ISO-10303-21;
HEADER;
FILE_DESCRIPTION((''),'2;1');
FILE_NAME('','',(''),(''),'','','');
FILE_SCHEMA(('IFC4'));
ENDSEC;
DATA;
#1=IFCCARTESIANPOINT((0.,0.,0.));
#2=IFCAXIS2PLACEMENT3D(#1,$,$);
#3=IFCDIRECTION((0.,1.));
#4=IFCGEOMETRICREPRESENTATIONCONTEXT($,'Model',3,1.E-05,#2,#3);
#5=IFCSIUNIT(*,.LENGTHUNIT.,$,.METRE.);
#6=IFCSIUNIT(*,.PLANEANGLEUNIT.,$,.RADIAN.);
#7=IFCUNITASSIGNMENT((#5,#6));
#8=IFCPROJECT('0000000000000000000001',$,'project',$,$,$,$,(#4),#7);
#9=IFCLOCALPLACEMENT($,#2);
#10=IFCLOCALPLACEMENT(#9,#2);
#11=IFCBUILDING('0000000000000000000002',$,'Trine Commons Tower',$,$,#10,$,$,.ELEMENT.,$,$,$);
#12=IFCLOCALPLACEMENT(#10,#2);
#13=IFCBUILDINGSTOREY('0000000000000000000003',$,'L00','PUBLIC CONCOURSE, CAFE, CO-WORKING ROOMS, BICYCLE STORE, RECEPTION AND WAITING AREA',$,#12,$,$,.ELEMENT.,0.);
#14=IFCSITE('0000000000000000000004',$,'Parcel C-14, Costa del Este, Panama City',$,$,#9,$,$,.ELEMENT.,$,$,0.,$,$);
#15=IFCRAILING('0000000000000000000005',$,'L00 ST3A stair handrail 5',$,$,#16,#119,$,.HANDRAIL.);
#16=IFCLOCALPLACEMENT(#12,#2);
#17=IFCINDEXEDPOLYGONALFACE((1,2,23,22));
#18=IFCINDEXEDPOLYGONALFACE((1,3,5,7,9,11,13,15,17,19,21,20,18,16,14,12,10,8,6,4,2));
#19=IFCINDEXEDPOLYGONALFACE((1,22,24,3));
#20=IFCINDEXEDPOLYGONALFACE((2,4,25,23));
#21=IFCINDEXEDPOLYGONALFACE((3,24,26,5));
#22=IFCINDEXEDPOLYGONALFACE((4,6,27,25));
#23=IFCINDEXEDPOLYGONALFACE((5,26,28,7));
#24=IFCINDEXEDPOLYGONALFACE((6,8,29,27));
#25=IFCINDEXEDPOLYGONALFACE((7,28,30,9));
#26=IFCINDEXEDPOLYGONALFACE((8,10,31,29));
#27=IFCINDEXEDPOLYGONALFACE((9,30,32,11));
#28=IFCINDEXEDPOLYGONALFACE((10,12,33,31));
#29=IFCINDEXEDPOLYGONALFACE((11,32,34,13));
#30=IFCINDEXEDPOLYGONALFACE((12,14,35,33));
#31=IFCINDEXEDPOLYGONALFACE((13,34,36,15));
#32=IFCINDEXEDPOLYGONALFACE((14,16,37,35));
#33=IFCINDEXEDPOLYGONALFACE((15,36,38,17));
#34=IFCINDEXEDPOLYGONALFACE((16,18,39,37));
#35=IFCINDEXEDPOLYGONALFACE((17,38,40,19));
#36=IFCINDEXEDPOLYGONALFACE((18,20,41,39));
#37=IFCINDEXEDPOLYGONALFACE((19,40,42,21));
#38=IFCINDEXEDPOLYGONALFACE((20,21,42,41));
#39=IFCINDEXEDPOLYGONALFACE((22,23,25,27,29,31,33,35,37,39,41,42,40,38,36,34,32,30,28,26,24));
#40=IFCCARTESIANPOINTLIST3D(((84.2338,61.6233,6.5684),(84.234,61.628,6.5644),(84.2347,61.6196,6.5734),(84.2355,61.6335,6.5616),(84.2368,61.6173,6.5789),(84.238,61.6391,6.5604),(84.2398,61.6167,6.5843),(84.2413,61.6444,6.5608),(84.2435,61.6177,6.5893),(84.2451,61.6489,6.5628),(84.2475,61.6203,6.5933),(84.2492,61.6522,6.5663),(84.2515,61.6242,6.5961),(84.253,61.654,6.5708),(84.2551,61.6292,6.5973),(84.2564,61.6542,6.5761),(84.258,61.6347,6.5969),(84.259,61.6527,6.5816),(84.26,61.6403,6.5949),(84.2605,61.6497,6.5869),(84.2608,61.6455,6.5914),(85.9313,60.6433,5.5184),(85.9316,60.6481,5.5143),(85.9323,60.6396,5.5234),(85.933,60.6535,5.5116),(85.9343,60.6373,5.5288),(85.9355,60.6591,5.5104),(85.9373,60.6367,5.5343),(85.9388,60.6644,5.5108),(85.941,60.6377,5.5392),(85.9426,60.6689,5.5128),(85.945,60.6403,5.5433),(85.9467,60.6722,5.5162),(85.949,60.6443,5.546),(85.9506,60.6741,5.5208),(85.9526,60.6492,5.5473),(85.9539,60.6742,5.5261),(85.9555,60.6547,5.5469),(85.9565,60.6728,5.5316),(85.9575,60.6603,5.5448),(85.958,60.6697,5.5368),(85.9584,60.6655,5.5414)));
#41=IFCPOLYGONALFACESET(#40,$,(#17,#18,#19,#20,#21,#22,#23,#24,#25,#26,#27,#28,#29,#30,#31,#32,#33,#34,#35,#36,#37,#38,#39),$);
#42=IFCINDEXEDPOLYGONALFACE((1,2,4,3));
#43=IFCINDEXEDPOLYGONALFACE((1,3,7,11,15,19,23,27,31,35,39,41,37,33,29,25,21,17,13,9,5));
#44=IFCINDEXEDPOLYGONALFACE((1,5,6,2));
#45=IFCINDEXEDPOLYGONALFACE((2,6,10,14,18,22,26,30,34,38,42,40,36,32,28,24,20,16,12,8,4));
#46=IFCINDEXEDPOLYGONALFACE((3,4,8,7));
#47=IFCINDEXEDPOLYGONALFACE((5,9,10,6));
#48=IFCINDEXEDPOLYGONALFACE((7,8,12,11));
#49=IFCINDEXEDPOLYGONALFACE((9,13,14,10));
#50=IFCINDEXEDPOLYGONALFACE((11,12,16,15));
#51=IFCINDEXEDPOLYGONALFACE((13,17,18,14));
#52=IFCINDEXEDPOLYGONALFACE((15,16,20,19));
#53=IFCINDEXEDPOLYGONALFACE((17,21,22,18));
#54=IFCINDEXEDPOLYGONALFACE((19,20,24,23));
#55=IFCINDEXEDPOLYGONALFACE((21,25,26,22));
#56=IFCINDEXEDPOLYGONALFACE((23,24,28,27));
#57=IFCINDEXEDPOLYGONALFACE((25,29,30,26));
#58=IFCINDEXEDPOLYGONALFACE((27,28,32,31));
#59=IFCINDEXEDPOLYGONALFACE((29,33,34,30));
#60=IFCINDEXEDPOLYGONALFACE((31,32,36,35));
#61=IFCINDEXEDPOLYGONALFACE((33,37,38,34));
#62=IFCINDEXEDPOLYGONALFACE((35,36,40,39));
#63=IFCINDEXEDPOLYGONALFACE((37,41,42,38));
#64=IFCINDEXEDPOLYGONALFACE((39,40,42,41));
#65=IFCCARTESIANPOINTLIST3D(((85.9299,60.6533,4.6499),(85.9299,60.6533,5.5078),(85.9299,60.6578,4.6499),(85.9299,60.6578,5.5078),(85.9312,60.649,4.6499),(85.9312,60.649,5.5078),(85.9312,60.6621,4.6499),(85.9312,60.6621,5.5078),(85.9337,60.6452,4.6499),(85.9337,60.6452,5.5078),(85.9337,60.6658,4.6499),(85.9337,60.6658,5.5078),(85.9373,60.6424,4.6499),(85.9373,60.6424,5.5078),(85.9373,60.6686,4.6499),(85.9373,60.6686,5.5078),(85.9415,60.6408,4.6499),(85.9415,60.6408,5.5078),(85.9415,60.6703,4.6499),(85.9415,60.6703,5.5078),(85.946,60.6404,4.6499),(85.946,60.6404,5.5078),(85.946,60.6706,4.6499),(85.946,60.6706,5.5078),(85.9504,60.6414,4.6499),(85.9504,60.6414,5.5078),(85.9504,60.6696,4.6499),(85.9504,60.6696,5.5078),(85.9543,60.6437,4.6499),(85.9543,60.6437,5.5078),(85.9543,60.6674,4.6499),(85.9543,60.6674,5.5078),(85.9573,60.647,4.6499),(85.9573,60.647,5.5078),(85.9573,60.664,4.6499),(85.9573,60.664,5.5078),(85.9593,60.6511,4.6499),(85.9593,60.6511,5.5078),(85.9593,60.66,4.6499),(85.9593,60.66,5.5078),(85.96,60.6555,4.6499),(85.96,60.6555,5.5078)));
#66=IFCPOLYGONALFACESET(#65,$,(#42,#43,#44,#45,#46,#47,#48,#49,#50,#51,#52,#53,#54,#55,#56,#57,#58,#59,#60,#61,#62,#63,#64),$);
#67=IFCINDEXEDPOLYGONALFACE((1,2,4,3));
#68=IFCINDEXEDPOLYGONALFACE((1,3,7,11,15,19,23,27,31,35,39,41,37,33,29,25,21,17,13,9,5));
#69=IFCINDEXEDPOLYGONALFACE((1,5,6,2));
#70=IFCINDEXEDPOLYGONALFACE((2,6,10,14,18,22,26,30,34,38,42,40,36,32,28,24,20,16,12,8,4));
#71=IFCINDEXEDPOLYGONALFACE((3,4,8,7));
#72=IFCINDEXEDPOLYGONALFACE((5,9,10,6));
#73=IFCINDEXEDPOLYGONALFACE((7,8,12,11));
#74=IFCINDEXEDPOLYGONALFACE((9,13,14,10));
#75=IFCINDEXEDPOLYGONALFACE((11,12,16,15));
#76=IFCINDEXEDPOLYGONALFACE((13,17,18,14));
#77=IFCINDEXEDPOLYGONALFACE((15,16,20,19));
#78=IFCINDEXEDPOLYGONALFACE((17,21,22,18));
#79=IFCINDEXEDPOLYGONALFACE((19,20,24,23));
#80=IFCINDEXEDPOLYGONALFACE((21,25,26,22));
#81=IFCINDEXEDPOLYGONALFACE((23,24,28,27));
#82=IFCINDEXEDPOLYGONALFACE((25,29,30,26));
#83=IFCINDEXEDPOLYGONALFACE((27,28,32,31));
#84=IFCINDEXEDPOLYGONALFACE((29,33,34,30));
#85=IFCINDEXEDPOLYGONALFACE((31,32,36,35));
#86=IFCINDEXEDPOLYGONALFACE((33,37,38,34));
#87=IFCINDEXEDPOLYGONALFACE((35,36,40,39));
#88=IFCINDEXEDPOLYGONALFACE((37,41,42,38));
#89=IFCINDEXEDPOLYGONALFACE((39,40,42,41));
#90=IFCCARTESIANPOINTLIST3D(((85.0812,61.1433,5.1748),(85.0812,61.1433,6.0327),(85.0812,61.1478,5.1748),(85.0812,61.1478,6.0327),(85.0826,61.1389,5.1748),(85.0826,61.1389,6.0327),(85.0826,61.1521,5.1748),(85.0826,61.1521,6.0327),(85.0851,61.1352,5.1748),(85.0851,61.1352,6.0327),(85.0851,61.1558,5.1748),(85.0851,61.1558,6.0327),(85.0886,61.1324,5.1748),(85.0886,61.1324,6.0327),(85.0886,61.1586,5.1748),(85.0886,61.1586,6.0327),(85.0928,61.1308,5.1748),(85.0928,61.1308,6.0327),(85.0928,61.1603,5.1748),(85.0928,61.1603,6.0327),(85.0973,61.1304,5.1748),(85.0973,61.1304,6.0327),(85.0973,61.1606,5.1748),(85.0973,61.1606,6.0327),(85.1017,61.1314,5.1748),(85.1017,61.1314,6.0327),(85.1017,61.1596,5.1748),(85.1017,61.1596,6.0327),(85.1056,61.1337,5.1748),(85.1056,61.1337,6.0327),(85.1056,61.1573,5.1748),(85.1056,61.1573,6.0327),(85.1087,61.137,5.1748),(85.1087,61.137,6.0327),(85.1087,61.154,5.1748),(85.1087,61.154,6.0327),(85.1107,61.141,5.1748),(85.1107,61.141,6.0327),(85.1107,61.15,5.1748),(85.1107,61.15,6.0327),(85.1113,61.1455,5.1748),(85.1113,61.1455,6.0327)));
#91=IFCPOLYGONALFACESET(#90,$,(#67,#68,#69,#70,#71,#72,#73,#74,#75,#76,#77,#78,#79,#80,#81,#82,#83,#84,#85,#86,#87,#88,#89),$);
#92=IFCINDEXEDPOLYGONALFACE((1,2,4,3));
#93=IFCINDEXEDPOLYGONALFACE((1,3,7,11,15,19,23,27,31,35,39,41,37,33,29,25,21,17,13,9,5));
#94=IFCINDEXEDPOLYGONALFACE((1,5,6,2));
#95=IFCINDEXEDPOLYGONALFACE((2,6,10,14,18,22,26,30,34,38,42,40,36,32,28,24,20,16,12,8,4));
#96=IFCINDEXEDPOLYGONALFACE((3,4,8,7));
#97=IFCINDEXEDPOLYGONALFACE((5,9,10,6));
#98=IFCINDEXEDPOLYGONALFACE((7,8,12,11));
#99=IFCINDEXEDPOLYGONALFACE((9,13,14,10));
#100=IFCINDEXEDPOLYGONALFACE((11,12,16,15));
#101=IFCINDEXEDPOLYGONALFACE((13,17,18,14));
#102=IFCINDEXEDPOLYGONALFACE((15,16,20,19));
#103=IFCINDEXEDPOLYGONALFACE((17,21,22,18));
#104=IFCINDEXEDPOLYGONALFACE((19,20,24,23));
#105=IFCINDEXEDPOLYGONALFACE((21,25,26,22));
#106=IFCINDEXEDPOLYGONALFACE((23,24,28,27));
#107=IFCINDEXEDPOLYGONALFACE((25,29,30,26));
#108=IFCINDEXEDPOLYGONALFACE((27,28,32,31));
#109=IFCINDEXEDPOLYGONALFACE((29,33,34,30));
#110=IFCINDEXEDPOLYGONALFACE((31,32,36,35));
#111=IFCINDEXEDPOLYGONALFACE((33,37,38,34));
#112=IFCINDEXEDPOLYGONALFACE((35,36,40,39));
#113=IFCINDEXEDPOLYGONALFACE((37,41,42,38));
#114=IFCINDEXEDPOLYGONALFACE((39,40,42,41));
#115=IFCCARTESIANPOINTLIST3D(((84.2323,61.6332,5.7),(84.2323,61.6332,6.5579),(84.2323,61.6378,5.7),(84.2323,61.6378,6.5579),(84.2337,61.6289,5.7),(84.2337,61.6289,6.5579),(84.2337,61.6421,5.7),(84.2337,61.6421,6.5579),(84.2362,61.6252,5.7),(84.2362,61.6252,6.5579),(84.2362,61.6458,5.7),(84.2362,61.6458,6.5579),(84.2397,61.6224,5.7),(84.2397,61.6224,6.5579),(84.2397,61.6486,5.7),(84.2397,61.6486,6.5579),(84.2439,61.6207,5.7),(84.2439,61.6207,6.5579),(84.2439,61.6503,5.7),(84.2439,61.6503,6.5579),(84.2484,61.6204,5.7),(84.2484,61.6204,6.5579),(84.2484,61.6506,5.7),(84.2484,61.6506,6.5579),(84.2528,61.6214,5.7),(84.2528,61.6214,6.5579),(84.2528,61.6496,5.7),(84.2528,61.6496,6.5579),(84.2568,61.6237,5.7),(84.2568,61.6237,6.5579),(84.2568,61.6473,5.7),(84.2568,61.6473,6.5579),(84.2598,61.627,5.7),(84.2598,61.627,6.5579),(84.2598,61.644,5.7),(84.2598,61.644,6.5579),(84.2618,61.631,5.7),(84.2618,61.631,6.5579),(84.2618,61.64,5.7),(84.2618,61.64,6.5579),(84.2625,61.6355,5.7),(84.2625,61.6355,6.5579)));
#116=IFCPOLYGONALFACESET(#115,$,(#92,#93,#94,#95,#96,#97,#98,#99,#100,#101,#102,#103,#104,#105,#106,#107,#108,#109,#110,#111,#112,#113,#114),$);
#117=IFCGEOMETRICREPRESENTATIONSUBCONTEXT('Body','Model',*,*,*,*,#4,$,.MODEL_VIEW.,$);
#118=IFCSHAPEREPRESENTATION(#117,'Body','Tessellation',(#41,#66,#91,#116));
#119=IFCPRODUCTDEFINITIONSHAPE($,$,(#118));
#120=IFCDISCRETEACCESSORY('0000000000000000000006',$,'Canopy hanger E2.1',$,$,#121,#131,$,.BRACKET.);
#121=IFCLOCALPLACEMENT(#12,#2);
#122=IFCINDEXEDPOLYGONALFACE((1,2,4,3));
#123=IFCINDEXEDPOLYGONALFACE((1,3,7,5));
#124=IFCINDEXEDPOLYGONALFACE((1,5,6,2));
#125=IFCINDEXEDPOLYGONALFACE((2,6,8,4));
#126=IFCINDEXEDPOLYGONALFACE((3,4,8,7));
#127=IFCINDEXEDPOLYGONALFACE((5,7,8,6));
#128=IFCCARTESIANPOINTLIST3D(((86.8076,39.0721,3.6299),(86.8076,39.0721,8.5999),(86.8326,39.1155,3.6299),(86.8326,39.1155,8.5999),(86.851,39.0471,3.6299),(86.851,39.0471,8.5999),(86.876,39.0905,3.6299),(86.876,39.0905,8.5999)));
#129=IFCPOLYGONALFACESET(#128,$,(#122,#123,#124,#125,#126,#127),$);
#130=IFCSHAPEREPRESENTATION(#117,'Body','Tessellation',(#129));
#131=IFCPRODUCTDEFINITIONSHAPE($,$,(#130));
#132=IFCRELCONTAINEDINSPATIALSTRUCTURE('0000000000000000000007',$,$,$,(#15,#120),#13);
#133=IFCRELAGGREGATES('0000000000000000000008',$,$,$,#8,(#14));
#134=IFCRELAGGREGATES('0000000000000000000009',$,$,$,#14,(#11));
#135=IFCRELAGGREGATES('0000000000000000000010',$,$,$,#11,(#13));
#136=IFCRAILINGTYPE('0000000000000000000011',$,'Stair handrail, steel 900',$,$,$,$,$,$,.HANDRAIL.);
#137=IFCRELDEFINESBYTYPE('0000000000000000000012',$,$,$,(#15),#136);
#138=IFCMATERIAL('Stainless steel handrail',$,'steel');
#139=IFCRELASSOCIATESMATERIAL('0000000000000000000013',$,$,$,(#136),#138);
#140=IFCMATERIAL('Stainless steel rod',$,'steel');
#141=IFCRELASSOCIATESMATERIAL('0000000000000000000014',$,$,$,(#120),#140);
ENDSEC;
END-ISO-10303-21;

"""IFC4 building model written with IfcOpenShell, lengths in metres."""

from ifc_helpers import new_model, si_unit, direction, frame, origin, origin_2d, place, context, subcontext, project, spatial, rectangle, circle, extrude, material, type_object, element, save


model = new_model("IFC4")

# Units and contexts
model_context = context("Model", 3, precision=1e-05, world=origin(), true_north=direction((0.0, 1.0)))
body_context = subcontext(model_context, "Body", "Model", "MODEL_VIEW")
ifc_project = project(units=[si_unit("LENGTHUNIT", "METRE"), si_unit("PLANEANGLEUNIT", "RADIAN")], contexts=[model_context])

# Site, building, storey
site_placement = place(None, origin())
site = spatial("IfcSite", under=ifc_project, at=site_placement, Name="Parcel C-14, Costa del Este, Panama City", CompositionType="ELEMENT", RefElevation=0.0)
building_placement = place(site_placement, origin())
building = spatial("IfcBuilding", under=site, at=building_placement, Name="Trine Commons Tower", CompositionType="ELEMENT")
storey_placement = place(building_placement, origin())
storey = spatial("IfcBuildingStorey", under=building, at=storey_placement, Name="L00", Description="PUBLIC CONCOURSE, CAFE, CO-WORKING ROOMS, BICYCLE STORE, RECEPTION AND WAITING AREA", CompositionType="ELEMENT", Elevation=0.0)

# Railing
ifc_material_1 = material(Name="Stainless steel handrail", Category="steel")
railing_type_1 = type_object("IfcRailingType", Name="Stair handrail, steel 900", PredefinedType="HANDRAIL", material=ifc_material_1)
for number, where, name in (
    (1, (85.9448, 60.6555, 4.6499), "L00 ST3A stair handrail 5"),
):
    element("IfcRailing", number, at=place(storey_placement, frame(where)), inside=storey, type_object=railing_type_1, Name=name, PredefinedType="HANDRAIL", context=body_context, shape_type="SweptSolid", body=[
        extrude(circle(Radius=0.021, at=origin_2d()), frame((0.0, 0.0, 0.8789), z_axis=(-0.763398, 0.440713, 0.472224), x_axis=(-0.49997, -0.866042, 0.0)), (0.0, 0.0, 1.0), 2.2236),
        extrude(circle(Radius=0.0151, at=origin_2d()), origin(), (0.0, 0.0, 1.0), 0.8579),
        extrude(circle(Radius=0.0151, at=origin_2d()), frame((-0.8486, 0.49, 0.5249)), (0.0, 0.0, 1.0), 0.8579),
        extrude(circle(Radius=0.0151, at=origin_2d()), frame((-1.6975, 0.98, 1.05)), (0.0, 0.0, 1.0), 0.8579),
    ])

# Discrete accessory
ifc_material_2 = material(Name="Stainless steel rod", Category="steel")
discrete_accessory_placement = place(storey_placement, frame((86.8418, 39.0813, 3.6299), z_axis=(0.0, 0.0, 1.0), x_axis=(-0.5, -0.866025, 0.0)))
element("IfcDiscreteAccessory", 2, at=discrete_accessory_placement, inside=storey, material=ifc_material_2, Name="Canopy hanger E2.1", PredefinedType="BRACKET", context=body_context, shape_type="SweptSolid", body=[
    extrude(rectangle(XDim=0.05, YDim=0.05, at=origin_2d()), origin(), (0.0, 0.0, 1.0), 4.97),
])

save(model, "model.ifc")
